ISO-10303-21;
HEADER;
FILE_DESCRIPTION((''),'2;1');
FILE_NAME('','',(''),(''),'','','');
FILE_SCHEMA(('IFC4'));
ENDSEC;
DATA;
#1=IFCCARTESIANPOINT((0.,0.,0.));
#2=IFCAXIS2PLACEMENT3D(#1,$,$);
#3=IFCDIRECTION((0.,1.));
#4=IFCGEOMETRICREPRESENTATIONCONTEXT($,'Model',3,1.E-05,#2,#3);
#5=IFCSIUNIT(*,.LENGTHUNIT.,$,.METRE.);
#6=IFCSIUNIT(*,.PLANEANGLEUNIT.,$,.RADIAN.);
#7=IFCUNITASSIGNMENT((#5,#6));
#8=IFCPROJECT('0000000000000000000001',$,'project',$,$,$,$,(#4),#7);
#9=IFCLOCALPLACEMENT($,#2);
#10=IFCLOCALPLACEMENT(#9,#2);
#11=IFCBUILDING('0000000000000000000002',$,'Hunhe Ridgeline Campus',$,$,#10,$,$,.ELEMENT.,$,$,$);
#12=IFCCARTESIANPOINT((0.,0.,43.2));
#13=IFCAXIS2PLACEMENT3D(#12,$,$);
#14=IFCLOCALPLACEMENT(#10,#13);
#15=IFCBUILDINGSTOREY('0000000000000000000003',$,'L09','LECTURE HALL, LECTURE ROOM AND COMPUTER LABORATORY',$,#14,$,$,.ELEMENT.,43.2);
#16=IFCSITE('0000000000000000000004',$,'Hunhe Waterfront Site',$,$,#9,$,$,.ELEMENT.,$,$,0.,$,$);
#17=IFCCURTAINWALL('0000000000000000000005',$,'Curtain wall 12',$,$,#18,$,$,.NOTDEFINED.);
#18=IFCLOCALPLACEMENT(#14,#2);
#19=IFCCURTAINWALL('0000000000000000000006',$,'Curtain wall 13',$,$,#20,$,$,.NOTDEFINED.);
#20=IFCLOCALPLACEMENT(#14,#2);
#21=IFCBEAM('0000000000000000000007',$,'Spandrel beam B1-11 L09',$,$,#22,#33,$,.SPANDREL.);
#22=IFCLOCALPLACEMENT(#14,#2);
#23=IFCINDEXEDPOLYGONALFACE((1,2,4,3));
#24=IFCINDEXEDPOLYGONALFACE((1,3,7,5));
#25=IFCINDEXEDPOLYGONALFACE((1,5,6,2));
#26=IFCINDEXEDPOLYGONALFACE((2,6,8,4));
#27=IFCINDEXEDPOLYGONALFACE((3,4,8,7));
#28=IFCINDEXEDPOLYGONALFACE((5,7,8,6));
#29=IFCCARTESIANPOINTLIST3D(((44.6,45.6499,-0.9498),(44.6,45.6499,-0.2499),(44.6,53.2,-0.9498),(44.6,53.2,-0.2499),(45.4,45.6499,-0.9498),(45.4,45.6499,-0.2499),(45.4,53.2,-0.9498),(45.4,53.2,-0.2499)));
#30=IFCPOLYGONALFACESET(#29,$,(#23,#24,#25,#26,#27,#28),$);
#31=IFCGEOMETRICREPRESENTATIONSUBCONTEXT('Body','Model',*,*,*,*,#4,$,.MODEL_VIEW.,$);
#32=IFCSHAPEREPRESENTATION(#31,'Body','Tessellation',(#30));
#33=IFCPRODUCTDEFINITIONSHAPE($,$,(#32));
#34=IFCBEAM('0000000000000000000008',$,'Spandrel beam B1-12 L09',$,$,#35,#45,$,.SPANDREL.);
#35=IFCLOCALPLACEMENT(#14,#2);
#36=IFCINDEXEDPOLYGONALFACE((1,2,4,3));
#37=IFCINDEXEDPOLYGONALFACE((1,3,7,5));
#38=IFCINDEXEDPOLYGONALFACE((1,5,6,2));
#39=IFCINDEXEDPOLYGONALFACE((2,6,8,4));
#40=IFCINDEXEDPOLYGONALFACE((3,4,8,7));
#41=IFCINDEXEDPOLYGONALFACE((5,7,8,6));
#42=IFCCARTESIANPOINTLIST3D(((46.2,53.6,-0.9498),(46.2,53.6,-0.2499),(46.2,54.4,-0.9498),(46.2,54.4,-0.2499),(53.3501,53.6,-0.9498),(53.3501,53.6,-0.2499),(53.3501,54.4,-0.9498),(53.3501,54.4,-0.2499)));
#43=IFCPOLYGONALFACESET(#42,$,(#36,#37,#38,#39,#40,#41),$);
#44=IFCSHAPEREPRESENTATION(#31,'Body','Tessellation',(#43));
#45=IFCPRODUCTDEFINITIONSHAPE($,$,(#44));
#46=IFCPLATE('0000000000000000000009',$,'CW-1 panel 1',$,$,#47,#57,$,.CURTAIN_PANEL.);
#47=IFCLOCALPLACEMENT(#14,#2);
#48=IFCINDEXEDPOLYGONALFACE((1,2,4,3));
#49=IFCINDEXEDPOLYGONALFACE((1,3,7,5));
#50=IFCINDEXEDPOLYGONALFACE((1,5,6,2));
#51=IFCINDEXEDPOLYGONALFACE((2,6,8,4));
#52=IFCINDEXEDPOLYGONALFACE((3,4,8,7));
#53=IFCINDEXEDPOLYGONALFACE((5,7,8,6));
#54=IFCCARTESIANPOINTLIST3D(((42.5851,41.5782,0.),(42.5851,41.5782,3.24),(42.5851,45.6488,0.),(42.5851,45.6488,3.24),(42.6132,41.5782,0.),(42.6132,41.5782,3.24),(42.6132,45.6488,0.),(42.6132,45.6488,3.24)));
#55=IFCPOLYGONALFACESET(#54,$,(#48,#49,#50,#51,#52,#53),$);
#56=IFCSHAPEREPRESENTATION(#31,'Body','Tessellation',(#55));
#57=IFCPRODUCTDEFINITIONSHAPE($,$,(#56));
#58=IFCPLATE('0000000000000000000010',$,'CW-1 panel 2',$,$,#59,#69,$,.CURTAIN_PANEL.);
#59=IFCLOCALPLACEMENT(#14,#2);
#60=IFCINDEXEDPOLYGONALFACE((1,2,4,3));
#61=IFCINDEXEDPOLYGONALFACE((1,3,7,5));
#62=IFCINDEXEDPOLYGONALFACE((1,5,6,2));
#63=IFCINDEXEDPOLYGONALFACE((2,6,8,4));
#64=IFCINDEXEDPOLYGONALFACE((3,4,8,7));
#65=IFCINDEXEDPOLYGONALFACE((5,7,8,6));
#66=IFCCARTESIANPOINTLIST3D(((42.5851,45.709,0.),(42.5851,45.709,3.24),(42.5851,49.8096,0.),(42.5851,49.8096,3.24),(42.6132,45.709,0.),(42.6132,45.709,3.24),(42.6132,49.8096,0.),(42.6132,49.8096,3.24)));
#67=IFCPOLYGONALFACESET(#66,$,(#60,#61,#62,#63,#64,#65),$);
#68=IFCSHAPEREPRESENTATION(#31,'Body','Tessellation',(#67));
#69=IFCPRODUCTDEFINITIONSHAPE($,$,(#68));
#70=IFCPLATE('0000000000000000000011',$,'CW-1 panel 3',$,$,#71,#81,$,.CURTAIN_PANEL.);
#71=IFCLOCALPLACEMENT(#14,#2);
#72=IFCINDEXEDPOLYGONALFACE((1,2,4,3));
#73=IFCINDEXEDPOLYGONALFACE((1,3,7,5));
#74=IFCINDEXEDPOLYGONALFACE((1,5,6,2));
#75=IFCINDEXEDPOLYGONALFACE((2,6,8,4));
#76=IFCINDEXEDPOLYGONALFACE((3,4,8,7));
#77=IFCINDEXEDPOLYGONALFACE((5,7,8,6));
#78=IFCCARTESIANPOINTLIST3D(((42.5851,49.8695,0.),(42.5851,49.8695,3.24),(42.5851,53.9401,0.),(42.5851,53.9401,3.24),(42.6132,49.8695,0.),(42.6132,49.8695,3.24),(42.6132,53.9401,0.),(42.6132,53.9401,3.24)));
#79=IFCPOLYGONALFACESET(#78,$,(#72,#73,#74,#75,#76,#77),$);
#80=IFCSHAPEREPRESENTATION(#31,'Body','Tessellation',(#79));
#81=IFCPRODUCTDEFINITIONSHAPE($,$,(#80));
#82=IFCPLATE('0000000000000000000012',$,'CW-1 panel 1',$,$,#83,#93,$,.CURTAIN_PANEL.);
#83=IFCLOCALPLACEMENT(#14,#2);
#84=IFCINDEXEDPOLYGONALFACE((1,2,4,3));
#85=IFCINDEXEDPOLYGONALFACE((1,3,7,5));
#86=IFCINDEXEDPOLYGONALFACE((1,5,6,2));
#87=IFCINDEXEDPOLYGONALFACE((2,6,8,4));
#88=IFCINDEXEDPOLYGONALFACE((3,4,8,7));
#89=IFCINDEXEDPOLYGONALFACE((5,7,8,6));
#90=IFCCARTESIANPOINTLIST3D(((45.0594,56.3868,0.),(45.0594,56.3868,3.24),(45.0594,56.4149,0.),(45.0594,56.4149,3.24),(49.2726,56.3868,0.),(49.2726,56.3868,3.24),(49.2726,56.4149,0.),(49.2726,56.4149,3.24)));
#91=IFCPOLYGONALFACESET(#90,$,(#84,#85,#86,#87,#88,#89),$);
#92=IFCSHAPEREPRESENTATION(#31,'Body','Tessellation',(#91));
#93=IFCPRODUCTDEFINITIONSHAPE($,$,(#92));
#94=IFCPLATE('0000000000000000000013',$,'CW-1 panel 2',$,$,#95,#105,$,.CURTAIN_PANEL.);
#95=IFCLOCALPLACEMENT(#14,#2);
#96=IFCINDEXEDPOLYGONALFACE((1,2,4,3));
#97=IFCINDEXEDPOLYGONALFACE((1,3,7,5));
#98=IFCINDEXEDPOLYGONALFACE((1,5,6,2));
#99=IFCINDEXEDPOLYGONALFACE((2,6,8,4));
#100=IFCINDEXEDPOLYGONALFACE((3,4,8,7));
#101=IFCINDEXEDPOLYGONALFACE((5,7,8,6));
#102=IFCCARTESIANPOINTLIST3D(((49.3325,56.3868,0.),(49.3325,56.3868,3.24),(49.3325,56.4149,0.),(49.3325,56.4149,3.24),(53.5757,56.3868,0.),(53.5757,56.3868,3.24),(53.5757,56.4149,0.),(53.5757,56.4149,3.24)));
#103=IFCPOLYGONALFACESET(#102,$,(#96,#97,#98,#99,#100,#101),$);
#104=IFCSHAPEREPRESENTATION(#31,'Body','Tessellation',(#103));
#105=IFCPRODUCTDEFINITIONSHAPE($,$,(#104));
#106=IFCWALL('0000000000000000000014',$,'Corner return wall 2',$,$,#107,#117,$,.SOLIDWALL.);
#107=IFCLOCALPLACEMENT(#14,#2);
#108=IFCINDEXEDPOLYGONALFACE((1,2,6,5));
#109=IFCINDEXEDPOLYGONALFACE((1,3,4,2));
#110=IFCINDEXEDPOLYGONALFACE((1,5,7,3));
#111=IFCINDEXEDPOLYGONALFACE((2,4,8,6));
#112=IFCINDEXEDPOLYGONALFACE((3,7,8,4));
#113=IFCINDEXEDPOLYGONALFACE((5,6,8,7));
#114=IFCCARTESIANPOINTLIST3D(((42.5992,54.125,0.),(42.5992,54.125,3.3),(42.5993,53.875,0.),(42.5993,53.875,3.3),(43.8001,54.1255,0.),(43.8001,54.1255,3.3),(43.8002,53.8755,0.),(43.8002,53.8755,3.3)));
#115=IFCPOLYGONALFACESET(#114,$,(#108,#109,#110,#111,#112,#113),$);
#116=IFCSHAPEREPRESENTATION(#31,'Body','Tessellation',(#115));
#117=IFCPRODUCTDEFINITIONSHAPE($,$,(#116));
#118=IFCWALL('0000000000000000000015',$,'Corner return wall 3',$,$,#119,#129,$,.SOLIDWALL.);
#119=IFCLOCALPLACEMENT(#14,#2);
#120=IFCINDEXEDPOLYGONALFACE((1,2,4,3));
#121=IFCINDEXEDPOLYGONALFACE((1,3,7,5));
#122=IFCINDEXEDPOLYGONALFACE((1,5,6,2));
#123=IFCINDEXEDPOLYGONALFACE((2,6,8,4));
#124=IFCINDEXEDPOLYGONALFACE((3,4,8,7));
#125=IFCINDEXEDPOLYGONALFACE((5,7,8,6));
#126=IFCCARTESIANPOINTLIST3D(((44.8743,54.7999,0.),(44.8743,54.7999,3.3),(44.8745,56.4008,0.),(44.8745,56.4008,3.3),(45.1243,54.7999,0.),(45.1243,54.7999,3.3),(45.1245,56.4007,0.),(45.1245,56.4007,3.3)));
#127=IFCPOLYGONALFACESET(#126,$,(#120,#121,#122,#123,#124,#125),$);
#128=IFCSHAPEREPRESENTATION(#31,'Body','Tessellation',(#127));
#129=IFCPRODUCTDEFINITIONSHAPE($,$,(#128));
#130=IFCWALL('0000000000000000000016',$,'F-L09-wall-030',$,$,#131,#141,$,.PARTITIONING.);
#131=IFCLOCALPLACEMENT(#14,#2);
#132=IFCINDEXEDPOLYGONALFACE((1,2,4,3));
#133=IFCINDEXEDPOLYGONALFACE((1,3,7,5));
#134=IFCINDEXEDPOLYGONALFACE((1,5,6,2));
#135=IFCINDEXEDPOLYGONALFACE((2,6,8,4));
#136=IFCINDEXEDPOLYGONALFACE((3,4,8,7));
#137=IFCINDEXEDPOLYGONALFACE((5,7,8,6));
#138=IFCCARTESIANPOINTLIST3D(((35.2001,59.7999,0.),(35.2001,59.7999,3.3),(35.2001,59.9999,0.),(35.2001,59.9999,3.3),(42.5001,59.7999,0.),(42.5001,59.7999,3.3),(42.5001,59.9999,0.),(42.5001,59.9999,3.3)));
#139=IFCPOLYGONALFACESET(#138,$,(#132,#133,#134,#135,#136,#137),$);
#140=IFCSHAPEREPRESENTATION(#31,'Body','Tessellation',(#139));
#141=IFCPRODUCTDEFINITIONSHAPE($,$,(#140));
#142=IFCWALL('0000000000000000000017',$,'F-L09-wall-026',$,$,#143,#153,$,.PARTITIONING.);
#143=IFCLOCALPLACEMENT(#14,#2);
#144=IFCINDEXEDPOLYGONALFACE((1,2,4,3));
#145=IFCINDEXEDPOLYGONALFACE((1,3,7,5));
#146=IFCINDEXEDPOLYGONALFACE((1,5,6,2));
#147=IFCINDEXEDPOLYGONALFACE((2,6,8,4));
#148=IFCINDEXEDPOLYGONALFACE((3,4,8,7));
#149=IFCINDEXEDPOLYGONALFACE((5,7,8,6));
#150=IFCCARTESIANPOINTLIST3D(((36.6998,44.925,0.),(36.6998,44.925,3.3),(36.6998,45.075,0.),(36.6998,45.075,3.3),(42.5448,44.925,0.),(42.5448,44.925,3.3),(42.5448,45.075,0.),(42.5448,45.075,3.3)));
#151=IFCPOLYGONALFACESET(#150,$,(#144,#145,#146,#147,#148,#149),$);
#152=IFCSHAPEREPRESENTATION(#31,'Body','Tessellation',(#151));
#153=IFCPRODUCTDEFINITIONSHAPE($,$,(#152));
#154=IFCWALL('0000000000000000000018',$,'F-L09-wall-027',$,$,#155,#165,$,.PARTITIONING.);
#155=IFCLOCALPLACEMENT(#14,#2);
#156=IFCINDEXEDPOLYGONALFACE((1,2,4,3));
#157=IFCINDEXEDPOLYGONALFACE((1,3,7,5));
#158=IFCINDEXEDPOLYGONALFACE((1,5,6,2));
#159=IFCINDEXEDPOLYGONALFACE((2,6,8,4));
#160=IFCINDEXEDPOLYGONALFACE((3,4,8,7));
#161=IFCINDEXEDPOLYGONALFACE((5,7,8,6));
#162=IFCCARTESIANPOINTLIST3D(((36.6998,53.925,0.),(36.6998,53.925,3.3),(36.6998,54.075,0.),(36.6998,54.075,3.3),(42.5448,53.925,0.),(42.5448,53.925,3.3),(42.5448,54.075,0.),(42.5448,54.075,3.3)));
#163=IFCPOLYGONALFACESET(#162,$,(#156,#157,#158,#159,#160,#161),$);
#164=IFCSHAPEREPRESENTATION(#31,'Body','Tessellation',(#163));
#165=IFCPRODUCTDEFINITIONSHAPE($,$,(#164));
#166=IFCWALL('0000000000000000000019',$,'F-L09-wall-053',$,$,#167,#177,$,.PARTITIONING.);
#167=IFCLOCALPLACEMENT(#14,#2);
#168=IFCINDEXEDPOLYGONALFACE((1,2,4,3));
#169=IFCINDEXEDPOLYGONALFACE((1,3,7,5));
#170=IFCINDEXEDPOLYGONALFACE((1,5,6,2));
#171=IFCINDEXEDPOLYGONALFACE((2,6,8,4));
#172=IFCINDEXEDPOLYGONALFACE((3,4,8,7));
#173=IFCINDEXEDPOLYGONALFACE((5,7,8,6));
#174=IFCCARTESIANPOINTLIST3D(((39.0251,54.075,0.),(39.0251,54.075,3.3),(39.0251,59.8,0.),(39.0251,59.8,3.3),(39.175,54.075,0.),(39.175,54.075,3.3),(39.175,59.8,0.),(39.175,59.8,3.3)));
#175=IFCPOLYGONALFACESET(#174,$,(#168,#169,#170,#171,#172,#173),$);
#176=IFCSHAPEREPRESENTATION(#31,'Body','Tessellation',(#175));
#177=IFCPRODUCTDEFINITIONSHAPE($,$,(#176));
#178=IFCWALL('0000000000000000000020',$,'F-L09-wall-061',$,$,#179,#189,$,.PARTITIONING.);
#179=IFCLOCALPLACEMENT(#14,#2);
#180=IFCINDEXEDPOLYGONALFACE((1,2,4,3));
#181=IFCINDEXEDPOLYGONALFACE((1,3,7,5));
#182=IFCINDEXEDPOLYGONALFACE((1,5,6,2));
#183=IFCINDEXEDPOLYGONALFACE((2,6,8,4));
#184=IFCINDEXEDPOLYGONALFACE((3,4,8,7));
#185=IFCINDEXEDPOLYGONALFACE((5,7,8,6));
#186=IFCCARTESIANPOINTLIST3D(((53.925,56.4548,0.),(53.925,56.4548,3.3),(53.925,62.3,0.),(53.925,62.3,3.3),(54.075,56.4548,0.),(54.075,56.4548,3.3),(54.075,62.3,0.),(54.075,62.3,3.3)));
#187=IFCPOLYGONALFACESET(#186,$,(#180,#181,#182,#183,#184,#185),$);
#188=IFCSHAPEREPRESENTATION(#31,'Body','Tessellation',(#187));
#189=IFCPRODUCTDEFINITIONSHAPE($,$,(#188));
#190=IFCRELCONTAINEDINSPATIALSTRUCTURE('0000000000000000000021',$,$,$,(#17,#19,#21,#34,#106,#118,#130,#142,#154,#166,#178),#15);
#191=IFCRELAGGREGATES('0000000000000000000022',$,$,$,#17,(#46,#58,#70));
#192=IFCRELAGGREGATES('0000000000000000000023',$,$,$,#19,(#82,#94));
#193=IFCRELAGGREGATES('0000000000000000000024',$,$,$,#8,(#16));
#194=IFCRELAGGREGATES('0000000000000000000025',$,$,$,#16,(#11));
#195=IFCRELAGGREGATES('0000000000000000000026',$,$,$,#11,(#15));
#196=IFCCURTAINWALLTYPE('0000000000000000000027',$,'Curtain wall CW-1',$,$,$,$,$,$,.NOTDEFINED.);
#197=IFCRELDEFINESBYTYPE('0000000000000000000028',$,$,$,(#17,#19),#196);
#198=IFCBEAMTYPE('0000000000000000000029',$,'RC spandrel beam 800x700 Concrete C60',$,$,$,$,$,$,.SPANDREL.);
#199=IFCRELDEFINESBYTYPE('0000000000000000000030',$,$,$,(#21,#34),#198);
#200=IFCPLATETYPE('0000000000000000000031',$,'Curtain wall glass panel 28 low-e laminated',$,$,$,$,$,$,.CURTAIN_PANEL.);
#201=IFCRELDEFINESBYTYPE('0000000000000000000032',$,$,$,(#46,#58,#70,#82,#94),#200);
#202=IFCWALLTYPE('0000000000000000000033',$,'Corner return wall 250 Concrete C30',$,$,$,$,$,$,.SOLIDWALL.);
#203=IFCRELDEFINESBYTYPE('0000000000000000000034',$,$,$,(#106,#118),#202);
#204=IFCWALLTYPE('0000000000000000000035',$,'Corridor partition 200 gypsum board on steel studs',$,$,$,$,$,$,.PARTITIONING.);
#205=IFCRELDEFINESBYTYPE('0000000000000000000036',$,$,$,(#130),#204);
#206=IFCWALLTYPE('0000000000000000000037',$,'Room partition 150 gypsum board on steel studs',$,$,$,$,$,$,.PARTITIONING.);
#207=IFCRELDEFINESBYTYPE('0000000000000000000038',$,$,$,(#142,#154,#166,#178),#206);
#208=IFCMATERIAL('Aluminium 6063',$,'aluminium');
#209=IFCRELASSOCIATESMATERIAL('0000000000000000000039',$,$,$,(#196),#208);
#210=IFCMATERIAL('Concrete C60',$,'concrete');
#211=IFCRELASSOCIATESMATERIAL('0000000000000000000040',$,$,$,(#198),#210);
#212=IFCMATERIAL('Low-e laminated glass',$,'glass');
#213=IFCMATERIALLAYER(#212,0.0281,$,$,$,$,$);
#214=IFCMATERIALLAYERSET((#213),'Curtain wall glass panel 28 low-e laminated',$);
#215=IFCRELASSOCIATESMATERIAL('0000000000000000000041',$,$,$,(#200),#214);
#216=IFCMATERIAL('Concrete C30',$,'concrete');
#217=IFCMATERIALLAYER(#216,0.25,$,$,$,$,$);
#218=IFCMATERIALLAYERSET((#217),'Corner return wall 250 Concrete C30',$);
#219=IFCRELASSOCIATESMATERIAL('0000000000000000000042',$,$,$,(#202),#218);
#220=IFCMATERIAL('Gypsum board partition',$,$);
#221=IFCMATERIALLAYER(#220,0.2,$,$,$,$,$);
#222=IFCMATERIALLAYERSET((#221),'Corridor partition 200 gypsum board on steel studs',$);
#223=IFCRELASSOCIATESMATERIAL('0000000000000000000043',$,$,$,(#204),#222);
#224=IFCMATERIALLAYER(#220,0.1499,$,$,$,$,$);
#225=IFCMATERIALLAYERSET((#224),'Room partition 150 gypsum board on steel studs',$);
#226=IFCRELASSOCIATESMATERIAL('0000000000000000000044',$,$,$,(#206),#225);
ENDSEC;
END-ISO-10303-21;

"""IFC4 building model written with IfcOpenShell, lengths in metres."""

from ifc_helpers import new_model, si_unit, direction, frame, frame_2d, origin, origin_2d, place, context, subcontext, project, spatial, rectangle, extrude, material, layer, layer_set, material_profile, profile_set, type_object, element, aggregate, save


model = new_model("IFC4")

# Units and contexts
model_context = context("Model", 3, precision=1e-05, world=origin(), true_north=direction((0.0, 1.0)))
body_context = subcontext(model_context, "Body", "Model", "MODEL_VIEW")
ifc_project = project(units=[si_unit("LENGTHUNIT", "METRE"), si_unit("PLANEANGLEUNIT", "RADIAN")], contexts=[model_context])

# Site, building, storey
site_placement = place(None, origin())
site = spatial("IfcSite", under=ifc_project, at=site_placement, Name="Hunhe Waterfront Site", CompositionType="ELEMENT", RefElevation=0.0)
building_placement = place(site_placement, origin())
building = spatial("IfcBuilding", under=site, at=building_placement, Name="Hunhe Ridgeline Campus", CompositionType="ELEMENT")
storey_placement = place(building_placement, frame((0.0, 0.0, 43.2)))
storey = spatial("IfcBuildingStorey", under=building, at=storey_placement, Name="L09", Description="LECTURE HALL, LECTURE ROOM AND COMPUTER LABORATORY", CompositionType="ELEMENT", Elevation=43.2)

# Curtain walls
ifc_material_1 = material(Name="Aluminium 6063", Category="aluminium")
curtain_wall_type = type_object("IfcCurtainWallType", Name="Curtain wall CW-1", PredefinedType="NOTDEFINED", material=ifc_material_1)
curtain_wall_1_placement = place(storey_placement, origin())
curtain_wall_1 = element("IfcCurtainWall", 1, at=curtain_wall_1_placement, inside=storey, type_object=curtain_wall_type, Name="Curtain wall 12", PredefinedType="NOTDEFINED")
curtain_wall_2_placement = place(storey_placement, origin())
curtain_wall_2 = element("IfcCurtainWall", 2, at=curtain_wall_2_placement, inside=storey, type_object=curtain_wall_type, Name="Curtain wall 13", PredefinedType="NOTDEFINED")

# Beams
ifc_material_2 = material(Name="Concrete C60", Category="concrete")
ifc_material_profile_1 = material_profile(ifc_material_2, rectangle(XDim=0.8, YDim=0.7, at=origin_2d()))
ifc_profile_set_1 = profile_set([ifc_material_profile_1], Name="Concrete C60")
beam_type = type_object("IfcBeamType", Name="RC spandrel beam 800x700 Concrete C60", PredefinedType="SPANDREL", material=ifc_profile_set_1)
beam_1_placement = place(storey_placement, frame((45.0, 45.6499, -0.5999), z_axis=(0.0, 1.0, 0.0), x_axis=(-1.0, 0.0, 0.0)))
element("IfcBeam", 3, at=beam_1_placement, inside=storey, type_object=beam_type, Name="Spandrel beam B1-11 L09", PredefinedType="SPANDREL", context=body_context, shape_type="SweptSolid", body=[
    extrude(rectangle(XDim=0.8, YDim=0.7, at=origin_2d()), origin(), (0.0, 0.0, 1.0), 7.55),
])
beam_2_placement = place(storey_placement, frame((46.2, 54.0, -0.5999), z_axis=(1.0, 0.0, 0.0), x_axis=(0.0, 1.0, 0.0)))
element("IfcBeam", 4, at=beam_2_placement, inside=storey, type_object=beam_type, Name="Spandrel beam B1-12 L09", PredefinedType="SPANDREL", context=body_context, shape_type="SweptSolid", body=[
    extrude(rectangle(XDim=0.8, YDim=0.7, at=origin_2d()), origin(), (0.0, 0.0, 1.0), 7.1501),
])

# Plates
ifc_material_3 = material(Name="Low-e laminated glass", Category="glass")
ifc_layer_1 = layer(ifc_material_3, 0.0281)
ifc_layer_set_1 = layer_set([ifc_layer_1], Name="Curtain wall glass panel 28 low-e laminated")
plate_type = type_object("IfcPlateType", Name="Curtain wall glass panel 28 low-e laminated", PredefinedType="CURTAIN_PANEL", material=ifc_layer_set_1)
plate_1_placement = place(storey_placement, frame((42.5991, 43.6135, 0.0), z_axis=(0.0, 0.0, 1.0), x_axis=(0.0, 1.0, 0.0)))
plate_1 = element("IfcPlate", 5, at=plate_1_placement, type_object=plate_type, Name="CW-1 panel 1", PredefinedType="CURTAIN_PANEL", context=body_context, shape_type="SweptSolid", body=[
    extrude(rectangle(XDim=4.0706, YDim=0.0281, at=origin_2d()), origin(), (0.0, 0.0, 1.0), 3.24),
])
plate_2_placement = place(storey_placement, frame((42.5991, 47.7593, 0.0), z_axis=(0.0, 0.0, 1.0), x_axis=(0.0, 1.0, 0.0)))
plate_2 = element("IfcPlate", 6, at=plate_2_placement, type_object=plate_type, Name="CW-1 panel 2", PredefinedType="CURTAIN_PANEL", context=body_context, shape_type="SweptSolid", body=[
    extrude(rectangle(XDim=4.1006, YDim=0.0281, at=origin_2d()), origin(), (0.0, 0.0, 1.0), 3.24),
])
plate_3_placement = place(storey_placement, frame((42.5991, 51.9048, 0.0), z_axis=(0.0, 0.0, 1.0), x_axis=(0.0, 1.0, 0.0)))
plate_3 = element("IfcPlate", 7, at=plate_3_placement, type_object=plate_type, Name="CW-1 panel 3", PredefinedType="CURTAIN_PANEL", context=body_context, shape_type="SweptSolid", body=[
    extrude(rectangle(XDim=4.0706, YDim=0.0281, at=origin_2d()), origin(), (0.0, 0.0, 1.0), 3.24),
])
aggregate(curtain_wall_1, [plate_1, plate_2, plate_3])
plate_4_placement = place(storey_placement, frame((47.166, 56.4009, 0.0), z_axis=(0.0, 0.0, 1.0), x_axis=(1.0, 0.000004, 0.0)))
plate_4 = element("IfcPlate", 8, at=plate_4_placement, type_object=plate_type, Name="CW-1 panel 1", PredefinedType="CURTAIN_PANEL", context=body_context, shape_type="SweptSolid", body=[
    extrude(rectangle(XDim=4.2131, YDim=0.0281, at=origin_2d()), origin(), (0.0, 0.0, 1.0), 3.24),
])
plate_5_placement = place(storey_placement, frame((51.4541, 56.4009, 0.0), z_axis=(0.0, 0.0, 1.0), x_axis=(1.0, 0.000004, 0.0)))
plate_5 = element("IfcPlate", 9, at=plate_5_placement, type_object=plate_type, Name="CW-1 panel 2", PredefinedType="CURTAIN_PANEL", context=body_context, shape_type="SweptSolid", body=[
    extrude(rectangle(XDim=4.2432, YDim=0.0281, at=origin_2d()), origin(), (0.0, 0.0, 1.0), 3.24),
])
aggregate(curtain_wall_2, [plate_4, plate_5])

# Walls
ifc_material_4 = material(Name="Concrete C30", Category="concrete")
ifc_layer_2 = layer(ifc_material_4, 0.25)
ifc_layer_set_2 = layer_set([ifc_layer_2], Name="Corner return wall 250 Concrete C30")
wall_type_1 = type_object("IfcWallType", Name="Corner return wall 250 Concrete C30", PredefinedType="SOLIDWALL", material=ifc_layer_set_2)
wall_1_placement = place(storey_placement, frame((42.5991, 54.0, 0.0), z_axis=(0.0, 0.0, 1.0), x_axis=(1.0, 0.000407, 0.0)))
element("IfcWall", 10, at=wall_1_placement, inside=storey, type_object=wall_type_1, Name="Corner return wall 2", PredefinedType="SOLIDWALL", context=body_context, shape_type="SweptSolid", body=[
    extrude(rectangle(XDim=1.2009, YDim=0.25, at=frame_2d((0.6006, 0.0))), origin(), (0.0, 0.0, 1.0), 3.3),
])
wall_2_placement = place(storey_placement, frame((44.9993, 54.8, 0.0), z_axis=(0.0, 0.0, 1.0), x_axis=(0.000153, 1.0, 0.0)))
element("IfcWall", 11, at=wall_2_placement, inside=storey, type_object=wall_type_1, Name="Corner return wall 3", PredefinedType="SOLIDWALL", context=body_context, shape_type="SweptSolid", body=[
    extrude(rectangle(XDim=1.6008, YDim=0.25, at=frame_2d((0.8003, 0.0))), origin(), (0.0, 0.0, 1.0), 3.3),
])
ifc_material_5 = material(Name="Gypsum board partition")
ifc_layer_3 = layer(ifc_material_5, 0.2)
ifc_layer_set_3 = layer_set([ifc_layer_3], Name="Corridor partition 200 gypsum board on steel studs")
wall_type_2 = type_object("IfcWallType", Name="Corridor partition 200 gypsum board on steel studs", PredefinedType="PARTITIONING", material=ifc_layer_set_3)
wall_3_placement = place(storey_placement, frame((42.5, 59.8999, 0.0), z_axis=(0.0, 0.0, 1.0), x_axis=(-1.0, 0.0, 0.0)))
element("IfcWall", 12, at=wall_3_placement, inside=storey, type_object=wall_type_2, Name="F-L09-wall-030", PredefinedType="PARTITIONING", context=body_context, shape_type="SweptSolid", body=[
    extrude(rectangle(XDim=7.3, YDim=0.2, at=frame_2d((3.6499, 0.0))), origin(), (0.0, 0.0, 1.0), 3.3),
])
ifc_layer_4 = layer(ifc_material_5, 0.1499)
ifc_layer_set_4 = layer_set([ifc_layer_4], Name="Room partition 150 gypsum board on steel studs")
wall_type_3 = type_object("IfcWallType", Name="Room partition 150 gypsum board on steel studs", PredefinedType="PARTITIONING", material=ifc_layer_set_4)
for number, where, z_axis, x_axis, name in (
    (13, (36.7, 45.0, 0.0), (0.0, 0.0, 1.0), (1.0, 0.0, 0.0), "F-L09-wall-026"),
    (14, (36.7, 54.0, 0.0), (0.0, 0.0, 1.0), (1.0, 0.0, 0.0), "F-L09-wall-027"),
):
    element("IfcWall", number, at=place(storey_placement, frame(where, z_axis=z_axis, x_axis=x_axis)), inside=storey, type_object=wall_type_3, Name=name, PredefinedType="PARTITIONING", context=body_context, shape_type="SweptSolid", body=[
        extrude(rectangle(XDim=5.845, YDim=0.1499, at=frame_2d((2.9224, 0.0))), origin(), (0.0, 0.0, 1.0), 3.3),
    ])
wall_4_placement = place(storey_placement, frame((39.1001, 59.8, 0.0), z_axis=(0.0, 0.0, 1.0), x_axis=(0.0, -1.0, 0.0)))
element("IfcWall", 15, at=wall_4_placement, inside=storey, type_object=wall_type_3, Name="F-L09-wall-053", PredefinedType="PARTITIONING", context=body_context, shape_type="SweptSolid", body=[
    extrude(rectangle(XDim=5.7251, YDim=0.1499, at=frame_2d((2.8625, 0.0))), origin(), (0.0, 0.0, 1.0), 3.3),
])
wall_5_placement = place(storey_placement, frame((54.0, 62.3, 0.0), z_axis=(0.0, 0.0, 1.0), x_axis=(0.0, -1.0, 0.0)))
element("IfcWall", 16, at=wall_5_placement, inside=storey, type_object=wall_type_3, Name="F-L09-wall-061", PredefinedType="PARTITIONING", context=body_context, shape_type="SweptSolid", body=[
    extrude(rectangle(XDim=5.8452, YDim=0.1499, at=frame_2d((2.9226, 0.0))), origin(), (0.0, 0.0, 1.0), 3.3),
])

save(model, "model.ifc")
